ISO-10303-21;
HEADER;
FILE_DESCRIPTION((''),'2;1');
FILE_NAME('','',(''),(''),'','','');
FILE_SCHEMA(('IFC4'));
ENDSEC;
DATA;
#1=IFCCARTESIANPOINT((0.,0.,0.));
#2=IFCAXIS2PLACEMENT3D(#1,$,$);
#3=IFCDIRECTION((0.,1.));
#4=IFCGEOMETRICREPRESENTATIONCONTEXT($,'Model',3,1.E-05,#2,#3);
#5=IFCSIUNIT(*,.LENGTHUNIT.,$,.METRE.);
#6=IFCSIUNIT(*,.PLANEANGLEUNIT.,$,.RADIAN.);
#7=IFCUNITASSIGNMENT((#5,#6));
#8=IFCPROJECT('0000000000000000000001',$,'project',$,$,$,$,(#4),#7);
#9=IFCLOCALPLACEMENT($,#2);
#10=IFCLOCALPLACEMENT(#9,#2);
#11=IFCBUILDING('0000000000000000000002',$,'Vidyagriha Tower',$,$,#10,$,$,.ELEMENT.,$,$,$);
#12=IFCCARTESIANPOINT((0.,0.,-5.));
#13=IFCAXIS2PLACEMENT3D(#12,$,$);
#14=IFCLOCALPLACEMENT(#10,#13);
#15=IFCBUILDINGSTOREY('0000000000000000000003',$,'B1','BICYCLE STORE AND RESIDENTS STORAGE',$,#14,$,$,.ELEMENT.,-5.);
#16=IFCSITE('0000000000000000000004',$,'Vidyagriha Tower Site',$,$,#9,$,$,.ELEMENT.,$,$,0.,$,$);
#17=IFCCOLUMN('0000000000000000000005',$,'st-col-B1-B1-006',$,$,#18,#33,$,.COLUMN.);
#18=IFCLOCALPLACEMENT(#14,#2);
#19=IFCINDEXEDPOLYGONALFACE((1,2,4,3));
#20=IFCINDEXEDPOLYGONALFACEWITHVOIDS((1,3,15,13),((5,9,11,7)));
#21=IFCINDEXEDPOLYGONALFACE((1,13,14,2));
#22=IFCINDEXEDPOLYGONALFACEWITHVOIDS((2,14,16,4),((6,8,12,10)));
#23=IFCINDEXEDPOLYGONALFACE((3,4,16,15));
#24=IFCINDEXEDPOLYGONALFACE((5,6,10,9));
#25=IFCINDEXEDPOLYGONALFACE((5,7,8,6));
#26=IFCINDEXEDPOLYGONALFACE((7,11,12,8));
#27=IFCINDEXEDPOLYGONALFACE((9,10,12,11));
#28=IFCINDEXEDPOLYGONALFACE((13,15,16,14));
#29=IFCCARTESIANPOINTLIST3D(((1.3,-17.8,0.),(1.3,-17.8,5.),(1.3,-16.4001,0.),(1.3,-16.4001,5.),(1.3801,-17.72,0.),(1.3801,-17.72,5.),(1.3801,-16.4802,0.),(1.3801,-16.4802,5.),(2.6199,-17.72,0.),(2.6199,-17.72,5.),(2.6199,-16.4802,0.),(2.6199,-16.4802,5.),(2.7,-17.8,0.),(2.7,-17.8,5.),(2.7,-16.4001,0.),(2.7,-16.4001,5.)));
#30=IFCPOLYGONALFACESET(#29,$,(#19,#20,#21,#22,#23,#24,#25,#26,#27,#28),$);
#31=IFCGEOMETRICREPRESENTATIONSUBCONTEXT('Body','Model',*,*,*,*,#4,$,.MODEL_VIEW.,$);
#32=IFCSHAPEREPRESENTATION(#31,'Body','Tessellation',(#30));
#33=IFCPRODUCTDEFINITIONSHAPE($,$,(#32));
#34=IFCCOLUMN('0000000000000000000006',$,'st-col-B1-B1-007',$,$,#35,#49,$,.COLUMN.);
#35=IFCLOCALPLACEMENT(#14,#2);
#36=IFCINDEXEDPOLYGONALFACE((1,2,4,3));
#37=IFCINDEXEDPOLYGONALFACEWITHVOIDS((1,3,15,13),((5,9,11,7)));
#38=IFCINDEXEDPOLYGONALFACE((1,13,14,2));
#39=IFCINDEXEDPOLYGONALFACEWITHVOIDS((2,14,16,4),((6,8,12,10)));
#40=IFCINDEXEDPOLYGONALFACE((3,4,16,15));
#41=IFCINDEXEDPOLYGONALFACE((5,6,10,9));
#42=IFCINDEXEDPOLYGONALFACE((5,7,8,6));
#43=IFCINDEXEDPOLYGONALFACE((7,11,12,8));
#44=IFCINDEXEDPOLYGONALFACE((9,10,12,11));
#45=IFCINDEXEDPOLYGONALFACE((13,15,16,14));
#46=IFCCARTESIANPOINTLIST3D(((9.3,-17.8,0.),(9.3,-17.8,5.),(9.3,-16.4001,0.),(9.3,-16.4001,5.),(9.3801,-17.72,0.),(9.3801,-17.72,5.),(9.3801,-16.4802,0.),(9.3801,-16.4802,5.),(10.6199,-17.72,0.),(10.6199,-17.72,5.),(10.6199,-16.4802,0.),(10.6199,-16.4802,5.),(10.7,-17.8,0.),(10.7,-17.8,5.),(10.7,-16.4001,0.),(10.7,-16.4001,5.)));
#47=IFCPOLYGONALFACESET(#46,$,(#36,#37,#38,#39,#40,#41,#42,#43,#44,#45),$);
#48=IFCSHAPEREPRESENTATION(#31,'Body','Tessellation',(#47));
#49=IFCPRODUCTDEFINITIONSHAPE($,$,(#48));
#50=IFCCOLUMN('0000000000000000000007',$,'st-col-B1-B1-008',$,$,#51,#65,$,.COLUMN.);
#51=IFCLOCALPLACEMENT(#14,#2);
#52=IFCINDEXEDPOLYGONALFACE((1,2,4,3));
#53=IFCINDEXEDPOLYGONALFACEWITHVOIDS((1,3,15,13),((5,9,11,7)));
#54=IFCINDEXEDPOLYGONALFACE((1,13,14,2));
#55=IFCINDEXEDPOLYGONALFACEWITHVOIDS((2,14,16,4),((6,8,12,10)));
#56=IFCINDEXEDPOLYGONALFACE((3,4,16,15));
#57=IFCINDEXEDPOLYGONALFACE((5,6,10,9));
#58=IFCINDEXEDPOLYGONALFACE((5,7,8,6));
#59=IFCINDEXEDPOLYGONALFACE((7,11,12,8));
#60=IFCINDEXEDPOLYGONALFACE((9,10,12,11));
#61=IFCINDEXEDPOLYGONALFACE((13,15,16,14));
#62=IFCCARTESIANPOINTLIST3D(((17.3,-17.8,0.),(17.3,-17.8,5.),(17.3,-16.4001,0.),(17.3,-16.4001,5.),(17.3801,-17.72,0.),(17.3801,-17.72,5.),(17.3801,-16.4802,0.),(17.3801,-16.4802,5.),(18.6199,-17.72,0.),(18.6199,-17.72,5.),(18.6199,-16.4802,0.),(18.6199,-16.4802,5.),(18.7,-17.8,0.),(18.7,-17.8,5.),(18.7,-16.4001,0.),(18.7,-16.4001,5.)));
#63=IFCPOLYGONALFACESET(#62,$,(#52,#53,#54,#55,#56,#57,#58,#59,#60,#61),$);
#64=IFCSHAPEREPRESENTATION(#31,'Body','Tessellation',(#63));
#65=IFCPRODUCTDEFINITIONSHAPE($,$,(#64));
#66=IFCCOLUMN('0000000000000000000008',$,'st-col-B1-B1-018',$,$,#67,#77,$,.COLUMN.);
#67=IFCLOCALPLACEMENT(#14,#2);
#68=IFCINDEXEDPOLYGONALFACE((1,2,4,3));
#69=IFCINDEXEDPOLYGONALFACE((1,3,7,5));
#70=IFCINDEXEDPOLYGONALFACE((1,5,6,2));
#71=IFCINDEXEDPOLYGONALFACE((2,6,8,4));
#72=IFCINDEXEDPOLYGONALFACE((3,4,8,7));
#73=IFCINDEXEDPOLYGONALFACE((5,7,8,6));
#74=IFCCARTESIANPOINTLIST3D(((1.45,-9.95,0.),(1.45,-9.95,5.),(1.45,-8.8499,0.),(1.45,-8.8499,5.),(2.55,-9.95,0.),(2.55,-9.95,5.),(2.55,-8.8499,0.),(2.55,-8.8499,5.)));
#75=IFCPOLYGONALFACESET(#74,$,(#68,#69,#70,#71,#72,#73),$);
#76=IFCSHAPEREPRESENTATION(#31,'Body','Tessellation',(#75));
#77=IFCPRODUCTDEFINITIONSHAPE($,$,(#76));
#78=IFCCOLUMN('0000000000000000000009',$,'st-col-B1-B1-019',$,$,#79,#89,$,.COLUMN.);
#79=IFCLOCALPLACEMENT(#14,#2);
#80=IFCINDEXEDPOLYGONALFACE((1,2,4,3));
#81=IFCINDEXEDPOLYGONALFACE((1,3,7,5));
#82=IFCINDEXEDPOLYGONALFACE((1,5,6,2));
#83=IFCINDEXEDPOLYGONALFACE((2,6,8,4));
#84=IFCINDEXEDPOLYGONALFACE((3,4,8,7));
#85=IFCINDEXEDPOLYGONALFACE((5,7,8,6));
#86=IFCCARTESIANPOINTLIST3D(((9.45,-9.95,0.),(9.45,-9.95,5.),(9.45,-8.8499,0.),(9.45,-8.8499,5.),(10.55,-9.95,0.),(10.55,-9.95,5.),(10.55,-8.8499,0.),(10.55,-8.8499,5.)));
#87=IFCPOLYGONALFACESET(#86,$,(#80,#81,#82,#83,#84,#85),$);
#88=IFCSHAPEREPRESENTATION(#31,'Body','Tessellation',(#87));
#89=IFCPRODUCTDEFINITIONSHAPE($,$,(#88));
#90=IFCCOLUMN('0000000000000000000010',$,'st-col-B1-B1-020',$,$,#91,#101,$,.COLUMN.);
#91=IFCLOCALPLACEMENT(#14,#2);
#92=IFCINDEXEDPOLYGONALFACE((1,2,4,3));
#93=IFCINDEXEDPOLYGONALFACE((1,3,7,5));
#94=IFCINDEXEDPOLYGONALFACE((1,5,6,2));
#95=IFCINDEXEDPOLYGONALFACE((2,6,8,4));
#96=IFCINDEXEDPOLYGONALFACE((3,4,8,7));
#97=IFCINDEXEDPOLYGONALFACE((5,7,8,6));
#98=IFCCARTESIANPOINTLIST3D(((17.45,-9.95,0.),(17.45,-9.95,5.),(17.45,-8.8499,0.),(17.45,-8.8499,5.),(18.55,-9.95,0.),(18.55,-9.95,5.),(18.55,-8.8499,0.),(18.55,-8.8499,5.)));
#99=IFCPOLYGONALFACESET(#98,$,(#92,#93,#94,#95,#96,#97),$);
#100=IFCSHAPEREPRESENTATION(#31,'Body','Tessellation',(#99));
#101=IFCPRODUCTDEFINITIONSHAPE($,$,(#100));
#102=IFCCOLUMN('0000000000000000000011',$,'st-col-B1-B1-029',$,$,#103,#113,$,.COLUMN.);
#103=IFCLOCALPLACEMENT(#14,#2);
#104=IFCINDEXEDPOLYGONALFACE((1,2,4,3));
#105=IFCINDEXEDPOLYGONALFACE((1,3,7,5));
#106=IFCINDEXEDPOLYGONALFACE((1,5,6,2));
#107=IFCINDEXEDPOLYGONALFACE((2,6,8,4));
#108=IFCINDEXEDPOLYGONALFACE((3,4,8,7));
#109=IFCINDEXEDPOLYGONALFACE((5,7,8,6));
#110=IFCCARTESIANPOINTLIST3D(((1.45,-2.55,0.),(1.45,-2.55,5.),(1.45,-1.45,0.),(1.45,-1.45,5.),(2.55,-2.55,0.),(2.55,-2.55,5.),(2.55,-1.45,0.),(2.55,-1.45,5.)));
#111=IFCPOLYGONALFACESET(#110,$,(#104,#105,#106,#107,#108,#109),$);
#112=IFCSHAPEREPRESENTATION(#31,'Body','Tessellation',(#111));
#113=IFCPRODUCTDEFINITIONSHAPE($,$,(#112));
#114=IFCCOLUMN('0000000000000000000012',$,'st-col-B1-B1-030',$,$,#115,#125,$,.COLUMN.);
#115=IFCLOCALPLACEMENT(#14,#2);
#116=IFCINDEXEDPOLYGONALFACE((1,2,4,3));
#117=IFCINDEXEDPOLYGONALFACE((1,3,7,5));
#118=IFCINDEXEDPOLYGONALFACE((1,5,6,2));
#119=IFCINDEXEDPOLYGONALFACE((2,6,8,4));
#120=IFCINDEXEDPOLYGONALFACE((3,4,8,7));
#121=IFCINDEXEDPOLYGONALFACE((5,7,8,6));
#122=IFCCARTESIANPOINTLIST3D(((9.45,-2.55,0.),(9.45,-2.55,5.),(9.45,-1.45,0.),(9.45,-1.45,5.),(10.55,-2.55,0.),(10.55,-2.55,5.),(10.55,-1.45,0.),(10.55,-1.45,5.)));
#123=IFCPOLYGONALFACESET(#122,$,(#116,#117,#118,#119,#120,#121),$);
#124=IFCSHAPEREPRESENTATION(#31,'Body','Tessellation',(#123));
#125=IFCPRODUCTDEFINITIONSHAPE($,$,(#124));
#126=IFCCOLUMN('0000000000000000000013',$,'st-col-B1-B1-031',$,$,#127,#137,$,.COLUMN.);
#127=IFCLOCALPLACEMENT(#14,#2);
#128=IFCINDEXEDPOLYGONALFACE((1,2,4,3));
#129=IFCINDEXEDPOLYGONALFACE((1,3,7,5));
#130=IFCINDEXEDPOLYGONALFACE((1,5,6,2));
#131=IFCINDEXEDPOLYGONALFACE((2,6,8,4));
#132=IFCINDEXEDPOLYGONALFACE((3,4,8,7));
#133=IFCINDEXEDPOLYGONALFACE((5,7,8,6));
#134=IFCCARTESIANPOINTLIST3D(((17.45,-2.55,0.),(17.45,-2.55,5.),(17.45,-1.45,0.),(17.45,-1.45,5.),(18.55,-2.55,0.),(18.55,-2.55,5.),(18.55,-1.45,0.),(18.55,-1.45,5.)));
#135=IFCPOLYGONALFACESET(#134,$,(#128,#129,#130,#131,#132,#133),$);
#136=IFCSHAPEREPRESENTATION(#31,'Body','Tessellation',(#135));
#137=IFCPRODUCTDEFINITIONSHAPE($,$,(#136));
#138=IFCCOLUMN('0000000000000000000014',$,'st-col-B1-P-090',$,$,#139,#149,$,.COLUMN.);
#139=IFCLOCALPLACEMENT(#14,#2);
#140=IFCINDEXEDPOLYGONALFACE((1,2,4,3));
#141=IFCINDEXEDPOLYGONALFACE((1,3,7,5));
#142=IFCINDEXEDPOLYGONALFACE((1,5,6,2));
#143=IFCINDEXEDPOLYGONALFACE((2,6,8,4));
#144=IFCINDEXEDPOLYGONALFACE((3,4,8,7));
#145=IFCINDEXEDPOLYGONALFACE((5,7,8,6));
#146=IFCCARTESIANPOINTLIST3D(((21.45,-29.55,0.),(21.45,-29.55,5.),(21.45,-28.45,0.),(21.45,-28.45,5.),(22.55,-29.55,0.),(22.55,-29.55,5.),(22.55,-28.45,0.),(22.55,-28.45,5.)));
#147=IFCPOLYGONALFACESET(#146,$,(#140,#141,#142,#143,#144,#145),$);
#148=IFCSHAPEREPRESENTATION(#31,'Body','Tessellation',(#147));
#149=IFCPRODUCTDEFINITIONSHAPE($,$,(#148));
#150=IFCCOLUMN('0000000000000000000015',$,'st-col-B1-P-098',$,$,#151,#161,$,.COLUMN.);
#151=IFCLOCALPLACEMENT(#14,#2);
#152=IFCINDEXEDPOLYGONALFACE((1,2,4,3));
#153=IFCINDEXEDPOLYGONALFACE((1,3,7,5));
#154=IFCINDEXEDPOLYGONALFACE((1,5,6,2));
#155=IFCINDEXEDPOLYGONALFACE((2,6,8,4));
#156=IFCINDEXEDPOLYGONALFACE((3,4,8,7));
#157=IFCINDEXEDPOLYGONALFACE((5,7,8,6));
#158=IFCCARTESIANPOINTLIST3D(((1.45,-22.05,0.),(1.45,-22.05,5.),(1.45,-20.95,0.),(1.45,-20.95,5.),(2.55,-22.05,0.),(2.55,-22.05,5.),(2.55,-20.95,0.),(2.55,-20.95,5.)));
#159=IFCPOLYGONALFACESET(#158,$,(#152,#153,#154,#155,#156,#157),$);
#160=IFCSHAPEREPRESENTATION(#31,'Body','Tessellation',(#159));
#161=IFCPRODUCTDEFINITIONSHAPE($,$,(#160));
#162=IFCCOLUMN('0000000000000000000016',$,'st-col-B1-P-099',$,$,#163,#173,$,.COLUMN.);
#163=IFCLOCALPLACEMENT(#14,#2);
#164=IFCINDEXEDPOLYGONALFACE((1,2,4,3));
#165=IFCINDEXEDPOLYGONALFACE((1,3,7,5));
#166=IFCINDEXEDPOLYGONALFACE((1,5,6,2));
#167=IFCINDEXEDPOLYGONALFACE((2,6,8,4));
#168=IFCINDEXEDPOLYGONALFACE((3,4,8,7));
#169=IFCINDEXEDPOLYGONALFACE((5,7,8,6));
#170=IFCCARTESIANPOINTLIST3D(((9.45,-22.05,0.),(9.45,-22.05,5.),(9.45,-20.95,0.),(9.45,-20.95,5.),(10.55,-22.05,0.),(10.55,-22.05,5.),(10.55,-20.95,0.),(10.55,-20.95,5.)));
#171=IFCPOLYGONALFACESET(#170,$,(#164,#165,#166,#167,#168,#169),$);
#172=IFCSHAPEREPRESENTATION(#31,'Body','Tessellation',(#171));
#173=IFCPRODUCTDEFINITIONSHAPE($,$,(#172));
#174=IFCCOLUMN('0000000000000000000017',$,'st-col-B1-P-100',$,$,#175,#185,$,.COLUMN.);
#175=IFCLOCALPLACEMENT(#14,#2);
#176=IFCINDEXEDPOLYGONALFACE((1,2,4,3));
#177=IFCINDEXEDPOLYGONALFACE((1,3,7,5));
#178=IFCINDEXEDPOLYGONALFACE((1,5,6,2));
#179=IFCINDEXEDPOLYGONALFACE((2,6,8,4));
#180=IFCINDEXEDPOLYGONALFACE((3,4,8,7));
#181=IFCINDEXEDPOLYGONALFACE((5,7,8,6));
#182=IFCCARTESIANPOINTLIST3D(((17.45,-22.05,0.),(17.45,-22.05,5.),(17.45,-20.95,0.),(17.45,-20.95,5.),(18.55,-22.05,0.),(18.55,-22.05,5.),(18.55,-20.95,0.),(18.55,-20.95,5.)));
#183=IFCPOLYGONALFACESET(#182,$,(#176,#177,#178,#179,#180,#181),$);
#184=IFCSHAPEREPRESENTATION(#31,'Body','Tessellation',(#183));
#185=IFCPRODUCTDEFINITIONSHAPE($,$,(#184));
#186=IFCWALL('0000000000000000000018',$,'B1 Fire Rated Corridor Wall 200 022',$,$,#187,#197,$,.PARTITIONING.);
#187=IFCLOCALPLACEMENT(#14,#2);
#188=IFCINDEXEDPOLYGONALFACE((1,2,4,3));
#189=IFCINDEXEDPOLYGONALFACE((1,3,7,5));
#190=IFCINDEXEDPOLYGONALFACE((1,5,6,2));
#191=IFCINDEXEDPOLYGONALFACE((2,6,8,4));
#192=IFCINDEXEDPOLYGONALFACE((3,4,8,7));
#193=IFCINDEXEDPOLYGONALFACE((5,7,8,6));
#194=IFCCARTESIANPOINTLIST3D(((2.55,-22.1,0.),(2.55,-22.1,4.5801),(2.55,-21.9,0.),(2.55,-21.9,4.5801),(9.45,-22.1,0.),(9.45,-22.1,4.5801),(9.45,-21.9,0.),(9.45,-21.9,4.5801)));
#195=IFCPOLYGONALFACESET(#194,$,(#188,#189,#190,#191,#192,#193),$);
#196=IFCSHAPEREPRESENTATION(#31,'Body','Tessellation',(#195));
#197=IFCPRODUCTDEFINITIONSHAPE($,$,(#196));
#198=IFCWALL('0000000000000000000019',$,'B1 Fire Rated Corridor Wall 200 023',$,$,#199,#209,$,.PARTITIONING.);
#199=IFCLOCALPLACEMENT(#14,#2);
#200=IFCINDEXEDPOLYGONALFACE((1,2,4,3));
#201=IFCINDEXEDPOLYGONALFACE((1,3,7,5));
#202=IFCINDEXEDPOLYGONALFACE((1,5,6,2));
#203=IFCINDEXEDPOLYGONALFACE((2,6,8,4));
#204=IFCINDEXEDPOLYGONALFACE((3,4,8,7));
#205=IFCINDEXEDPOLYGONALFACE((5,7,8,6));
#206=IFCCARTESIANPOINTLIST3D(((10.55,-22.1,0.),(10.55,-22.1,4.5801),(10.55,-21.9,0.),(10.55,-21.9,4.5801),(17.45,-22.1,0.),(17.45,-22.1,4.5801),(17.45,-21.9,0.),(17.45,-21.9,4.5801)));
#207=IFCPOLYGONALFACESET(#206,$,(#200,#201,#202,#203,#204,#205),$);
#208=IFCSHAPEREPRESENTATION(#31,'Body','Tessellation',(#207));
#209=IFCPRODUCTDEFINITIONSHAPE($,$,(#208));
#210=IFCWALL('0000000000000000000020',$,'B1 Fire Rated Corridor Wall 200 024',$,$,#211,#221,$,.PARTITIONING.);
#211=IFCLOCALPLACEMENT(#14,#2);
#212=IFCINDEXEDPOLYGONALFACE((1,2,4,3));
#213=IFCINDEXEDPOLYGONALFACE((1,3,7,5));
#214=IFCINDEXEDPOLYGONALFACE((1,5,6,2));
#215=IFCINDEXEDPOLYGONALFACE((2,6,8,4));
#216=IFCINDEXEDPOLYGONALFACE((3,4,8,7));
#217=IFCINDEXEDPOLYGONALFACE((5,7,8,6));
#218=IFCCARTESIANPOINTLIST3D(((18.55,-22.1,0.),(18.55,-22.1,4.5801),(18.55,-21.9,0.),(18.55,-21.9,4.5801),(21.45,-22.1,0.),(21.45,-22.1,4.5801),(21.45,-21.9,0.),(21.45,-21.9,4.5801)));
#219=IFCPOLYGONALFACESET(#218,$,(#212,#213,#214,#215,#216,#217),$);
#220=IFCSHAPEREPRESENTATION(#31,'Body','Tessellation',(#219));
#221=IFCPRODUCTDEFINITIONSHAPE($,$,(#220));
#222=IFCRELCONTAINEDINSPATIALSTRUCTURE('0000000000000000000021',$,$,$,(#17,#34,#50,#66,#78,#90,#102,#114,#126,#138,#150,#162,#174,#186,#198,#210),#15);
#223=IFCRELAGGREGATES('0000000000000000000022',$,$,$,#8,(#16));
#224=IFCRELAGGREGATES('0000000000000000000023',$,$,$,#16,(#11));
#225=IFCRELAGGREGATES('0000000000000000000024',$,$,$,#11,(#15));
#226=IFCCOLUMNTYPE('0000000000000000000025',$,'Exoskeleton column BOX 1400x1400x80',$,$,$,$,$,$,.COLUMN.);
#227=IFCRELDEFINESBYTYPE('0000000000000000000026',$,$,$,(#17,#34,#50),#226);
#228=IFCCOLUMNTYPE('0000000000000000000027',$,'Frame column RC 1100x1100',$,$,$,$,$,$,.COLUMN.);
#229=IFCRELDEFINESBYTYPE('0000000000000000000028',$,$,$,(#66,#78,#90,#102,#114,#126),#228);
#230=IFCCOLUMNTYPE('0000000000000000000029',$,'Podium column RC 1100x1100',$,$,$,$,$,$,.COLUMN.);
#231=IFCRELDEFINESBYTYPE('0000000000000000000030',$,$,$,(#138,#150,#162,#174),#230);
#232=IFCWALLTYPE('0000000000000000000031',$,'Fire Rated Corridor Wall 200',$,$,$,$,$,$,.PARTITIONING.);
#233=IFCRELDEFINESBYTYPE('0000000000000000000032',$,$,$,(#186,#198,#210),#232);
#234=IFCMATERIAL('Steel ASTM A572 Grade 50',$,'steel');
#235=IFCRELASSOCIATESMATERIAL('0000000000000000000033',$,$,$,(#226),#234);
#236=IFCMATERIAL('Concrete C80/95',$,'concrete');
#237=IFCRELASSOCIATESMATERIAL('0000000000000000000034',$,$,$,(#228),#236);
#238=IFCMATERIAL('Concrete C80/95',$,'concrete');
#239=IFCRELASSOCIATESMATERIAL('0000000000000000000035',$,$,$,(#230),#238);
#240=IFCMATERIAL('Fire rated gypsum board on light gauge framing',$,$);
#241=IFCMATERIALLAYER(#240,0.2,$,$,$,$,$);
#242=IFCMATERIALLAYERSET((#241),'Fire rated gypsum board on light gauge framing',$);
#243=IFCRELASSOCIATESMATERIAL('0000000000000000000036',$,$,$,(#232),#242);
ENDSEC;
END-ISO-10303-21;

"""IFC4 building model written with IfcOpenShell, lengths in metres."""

from ifc_helpers import new_model, si_unit, direction, frame, frame_2d, origin, origin_2d, place, context, subcontext, project, spatial, rectangle, hollow_rectangle, extrude, material, layer, layer_set, material_profile, profile_set, type_object, element, save


model = new_model("IFC4")

# Units and contexts
model_context = context("Model", 3, precision=1e-05, world=origin(), true_north=direction((0.0, 1.0)))
body_context = subcontext(model_context, "Body", "Model", "MODEL_VIEW")
ifc_project = project(units=[si_unit("LENGTHUNIT", "METRE"), si_unit("PLANEANGLEUNIT", "RADIAN")], contexts=[model_context])

# Site, building, storey
site_placement = place(None, origin())
site = spatial("IfcSite", under=ifc_project, at=site_placement, Name="Vidyagriha Tower Site", CompositionType="ELEMENT", RefElevation=0.0)
building_placement = place(site_placement, origin())
building = spatial("IfcBuilding", under=site, at=building_placement, Name="Vidyagriha Tower", CompositionType="ELEMENT")
storey_placement = place(building_placement, frame((0.0, 0.0, -5.0)))
storey = spatial("IfcBuildingStorey", under=building, at=storey_placement, Name="B1", Description="BICYCLE STORE AND RESIDENTS STORAGE", CompositionType="ELEMENT", Elevation=-5.0)

# Columns
ifc_material_1 = material(Name="Steel ASTM A572 Grade 50", Category="steel")
ifc_material_profile_1 = material_profile(ifc_material_1, hollow_rectangle(XDim=1.3999, YDim=1.3999, WallThickness=0.0801, at=origin_2d()), Name="BOX 1400x1400x80")
ifc_profile_set_1 = profile_set([ifc_material_profile_1], Name="Steel ASTM A572 Grade 50")
column_type_1 = type_object("IfcColumnType", Name="Exoskeleton column BOX 1400x1400x80", PredefinedType="COLUMN", material=ifc_profile_set_1)
for number, where, name in (
    (1, (2.0, -17.1001, 0.0), "st-col-B1-B1-006"),
    (2, (10.0, -17.1001, 0.0), "st-col-B1-B1-007"),
    (3, (18.0, -17.1001, 0.0), "st-col-B1-B1-008"),
):
    element("IfcColumn", number, at=place(storey_placement, frame(where)), inside=storey, type_object=column_type_1, Name=name, PredefinedType="COLUMN", context=body_context, shape_type="SweptSolid", body=[
        extrude(hollow_rectangle(XDim=1.3999, YDim=1.3999, WallThickness=0.0801, at=origin_2d()), origin(), (0.0, 0.0, 1.0), 5.0),
    ])
ifc_material_2 = material(Name="Concrete C80/95", Category="concrete")
ifc_material_profile_2 = material_profile(ifc_material_2, rectangle(XDim=1.1001, YDim=1.1001, at=origin_2d()), Name="RC 1100x1100")
ifc_profile_set_2 = profile_set([ifc_material_profile_2], Name="Concrete C80/95")
column_type_2 = type_object("IfcColumnType", Name="Frame column RC 1100x1100", PredefinedType="COLUMN", material=ifc_profile_set_2)
for number, where, name in (
    (4, (2.0, -9.3999, 0.0), "st-col-B1-B1-018"),
    (5, (10.0, -9.3999, 0.0), "st-col-B1-B1-019"),
    (6, (18.0, -9.3999, 0.0), "st-col-B1-B1-020"),
    (7, (2.0, -2.0, 0.0), "st-col-B1-B1-029"),
    (8, (10.0, -2.0, 0.0), "st-col-B1-B1-030"),
    (9, (18.0, -2.0, 0.0), "st-col-B1-B1-031"),
):
    element("IfcColumn", number, at=place(storey_placement, frame(where)), inside=storey, type_object=column_type_2, Name=name, PredefinedType="COLUMN", context=body_context, shape_type="SweptSolid", body=[
        extrude(rectangle(XDim=1.1001, YDim=1.1001, at=origin_2d()), origin(), (0.0, 0.0, 1.0), 5.0),
    ])
ifc_material_3 = material(Name="Concrete C80/95", Category="concrete")
ifc_material_profile_3 = material_profile(ifc_material_3, rectangle(XDim=1.1001, YDim=1.1001, at=origin_2d()), Name="RC 1100x1100")
ifc_profile_set_3 = profile_set([ifc_material_profile_3], Name="Concrete C80/95")
column_type_3 = type_object("IfcColumnType", Name="Podium column RC 1100x1100", PredefinedType="COLUMN", material=ifc_profile_set_3)
for number, where, name in (
    (10, (22.0, -29.0, 0.0), "st-col-B1-P-090"),
    (11, (2.0, -21.5, 0.0), "st-col-B1-P-098"),
    (12, (10.0, -21.5, 0.0), "st-col-B1-P-099"),
    (13, (18.0, -21.5, 0.0), "st-col-B1-P-100"),
):
    element("IfcColumn", number, at=place(storey_placement, frame(where)), inside=storey, type_object=column_type_3, Name=name, PredefinedType="COLUMN", context=body_context, shape_type="SweptSolid", body=[
        extrude(rectangle(XDim=1.1001, YDim=1.1001, at=origin_2d()), origin(), (0.0, 0.0, 1.0), 5.0),
    ])

# Walls
ifc_material_4 = material(Name="Fire rated gypsum board on light gauge framing")
ifc_layer = layer(ifc_material_4, 0.2)
ifc_layer_set = layer_set([ifc_layer], Name="Fire rated gypsum board on light gauge framing")
wall_type = type_object("IfcWallType", Name="Fire Rated Corridor Wall 200", PredefinedType="PARTITIONING", material=ifc_layer_set)
for number, where, name in (
    (14, (2.55, -22.0, 0.0), "B1 Fire Rated Corridor Wall 200 022"),
    (15, (10.55, -22.0, 0.0), "B1 Fire Rated Corridor Wall 200 023"),
):
    element("IfcWall", number, at=place(storey_placement, frame(where)), inside=storey, type_object=wall_type, Name=name, PredefinedType="PARTITIONING", context=body_context, shape_type="SweptSolid", body=[
        extrude(rectangle(XDim=6.8999, YDim=0.2, at=frame_2d((3.45, 0.0))), origin(), (0.0, 0.0, 1.0), 4.5801),
    ])
wall_1_placement = place(storey_placement, frame((18.55, -22.0, 0.0)))
element("IfcWall", 16, at=wall_1_placement, inside=storey, type_object=wall_type, Name="B1 Fire Rated Corridor Wall 200 024", PredefinedType="PARTITIONING", context=body_context, shape_type="SweptSolid", body=[
    extrude(rectangle(XDim=2.8999, YDim=0.2, at=frame_2d((1.45, 0.0))), origin(), (0.0, 0.0, 1.0), 4.5801),
])

save(model, "model.ifc")
